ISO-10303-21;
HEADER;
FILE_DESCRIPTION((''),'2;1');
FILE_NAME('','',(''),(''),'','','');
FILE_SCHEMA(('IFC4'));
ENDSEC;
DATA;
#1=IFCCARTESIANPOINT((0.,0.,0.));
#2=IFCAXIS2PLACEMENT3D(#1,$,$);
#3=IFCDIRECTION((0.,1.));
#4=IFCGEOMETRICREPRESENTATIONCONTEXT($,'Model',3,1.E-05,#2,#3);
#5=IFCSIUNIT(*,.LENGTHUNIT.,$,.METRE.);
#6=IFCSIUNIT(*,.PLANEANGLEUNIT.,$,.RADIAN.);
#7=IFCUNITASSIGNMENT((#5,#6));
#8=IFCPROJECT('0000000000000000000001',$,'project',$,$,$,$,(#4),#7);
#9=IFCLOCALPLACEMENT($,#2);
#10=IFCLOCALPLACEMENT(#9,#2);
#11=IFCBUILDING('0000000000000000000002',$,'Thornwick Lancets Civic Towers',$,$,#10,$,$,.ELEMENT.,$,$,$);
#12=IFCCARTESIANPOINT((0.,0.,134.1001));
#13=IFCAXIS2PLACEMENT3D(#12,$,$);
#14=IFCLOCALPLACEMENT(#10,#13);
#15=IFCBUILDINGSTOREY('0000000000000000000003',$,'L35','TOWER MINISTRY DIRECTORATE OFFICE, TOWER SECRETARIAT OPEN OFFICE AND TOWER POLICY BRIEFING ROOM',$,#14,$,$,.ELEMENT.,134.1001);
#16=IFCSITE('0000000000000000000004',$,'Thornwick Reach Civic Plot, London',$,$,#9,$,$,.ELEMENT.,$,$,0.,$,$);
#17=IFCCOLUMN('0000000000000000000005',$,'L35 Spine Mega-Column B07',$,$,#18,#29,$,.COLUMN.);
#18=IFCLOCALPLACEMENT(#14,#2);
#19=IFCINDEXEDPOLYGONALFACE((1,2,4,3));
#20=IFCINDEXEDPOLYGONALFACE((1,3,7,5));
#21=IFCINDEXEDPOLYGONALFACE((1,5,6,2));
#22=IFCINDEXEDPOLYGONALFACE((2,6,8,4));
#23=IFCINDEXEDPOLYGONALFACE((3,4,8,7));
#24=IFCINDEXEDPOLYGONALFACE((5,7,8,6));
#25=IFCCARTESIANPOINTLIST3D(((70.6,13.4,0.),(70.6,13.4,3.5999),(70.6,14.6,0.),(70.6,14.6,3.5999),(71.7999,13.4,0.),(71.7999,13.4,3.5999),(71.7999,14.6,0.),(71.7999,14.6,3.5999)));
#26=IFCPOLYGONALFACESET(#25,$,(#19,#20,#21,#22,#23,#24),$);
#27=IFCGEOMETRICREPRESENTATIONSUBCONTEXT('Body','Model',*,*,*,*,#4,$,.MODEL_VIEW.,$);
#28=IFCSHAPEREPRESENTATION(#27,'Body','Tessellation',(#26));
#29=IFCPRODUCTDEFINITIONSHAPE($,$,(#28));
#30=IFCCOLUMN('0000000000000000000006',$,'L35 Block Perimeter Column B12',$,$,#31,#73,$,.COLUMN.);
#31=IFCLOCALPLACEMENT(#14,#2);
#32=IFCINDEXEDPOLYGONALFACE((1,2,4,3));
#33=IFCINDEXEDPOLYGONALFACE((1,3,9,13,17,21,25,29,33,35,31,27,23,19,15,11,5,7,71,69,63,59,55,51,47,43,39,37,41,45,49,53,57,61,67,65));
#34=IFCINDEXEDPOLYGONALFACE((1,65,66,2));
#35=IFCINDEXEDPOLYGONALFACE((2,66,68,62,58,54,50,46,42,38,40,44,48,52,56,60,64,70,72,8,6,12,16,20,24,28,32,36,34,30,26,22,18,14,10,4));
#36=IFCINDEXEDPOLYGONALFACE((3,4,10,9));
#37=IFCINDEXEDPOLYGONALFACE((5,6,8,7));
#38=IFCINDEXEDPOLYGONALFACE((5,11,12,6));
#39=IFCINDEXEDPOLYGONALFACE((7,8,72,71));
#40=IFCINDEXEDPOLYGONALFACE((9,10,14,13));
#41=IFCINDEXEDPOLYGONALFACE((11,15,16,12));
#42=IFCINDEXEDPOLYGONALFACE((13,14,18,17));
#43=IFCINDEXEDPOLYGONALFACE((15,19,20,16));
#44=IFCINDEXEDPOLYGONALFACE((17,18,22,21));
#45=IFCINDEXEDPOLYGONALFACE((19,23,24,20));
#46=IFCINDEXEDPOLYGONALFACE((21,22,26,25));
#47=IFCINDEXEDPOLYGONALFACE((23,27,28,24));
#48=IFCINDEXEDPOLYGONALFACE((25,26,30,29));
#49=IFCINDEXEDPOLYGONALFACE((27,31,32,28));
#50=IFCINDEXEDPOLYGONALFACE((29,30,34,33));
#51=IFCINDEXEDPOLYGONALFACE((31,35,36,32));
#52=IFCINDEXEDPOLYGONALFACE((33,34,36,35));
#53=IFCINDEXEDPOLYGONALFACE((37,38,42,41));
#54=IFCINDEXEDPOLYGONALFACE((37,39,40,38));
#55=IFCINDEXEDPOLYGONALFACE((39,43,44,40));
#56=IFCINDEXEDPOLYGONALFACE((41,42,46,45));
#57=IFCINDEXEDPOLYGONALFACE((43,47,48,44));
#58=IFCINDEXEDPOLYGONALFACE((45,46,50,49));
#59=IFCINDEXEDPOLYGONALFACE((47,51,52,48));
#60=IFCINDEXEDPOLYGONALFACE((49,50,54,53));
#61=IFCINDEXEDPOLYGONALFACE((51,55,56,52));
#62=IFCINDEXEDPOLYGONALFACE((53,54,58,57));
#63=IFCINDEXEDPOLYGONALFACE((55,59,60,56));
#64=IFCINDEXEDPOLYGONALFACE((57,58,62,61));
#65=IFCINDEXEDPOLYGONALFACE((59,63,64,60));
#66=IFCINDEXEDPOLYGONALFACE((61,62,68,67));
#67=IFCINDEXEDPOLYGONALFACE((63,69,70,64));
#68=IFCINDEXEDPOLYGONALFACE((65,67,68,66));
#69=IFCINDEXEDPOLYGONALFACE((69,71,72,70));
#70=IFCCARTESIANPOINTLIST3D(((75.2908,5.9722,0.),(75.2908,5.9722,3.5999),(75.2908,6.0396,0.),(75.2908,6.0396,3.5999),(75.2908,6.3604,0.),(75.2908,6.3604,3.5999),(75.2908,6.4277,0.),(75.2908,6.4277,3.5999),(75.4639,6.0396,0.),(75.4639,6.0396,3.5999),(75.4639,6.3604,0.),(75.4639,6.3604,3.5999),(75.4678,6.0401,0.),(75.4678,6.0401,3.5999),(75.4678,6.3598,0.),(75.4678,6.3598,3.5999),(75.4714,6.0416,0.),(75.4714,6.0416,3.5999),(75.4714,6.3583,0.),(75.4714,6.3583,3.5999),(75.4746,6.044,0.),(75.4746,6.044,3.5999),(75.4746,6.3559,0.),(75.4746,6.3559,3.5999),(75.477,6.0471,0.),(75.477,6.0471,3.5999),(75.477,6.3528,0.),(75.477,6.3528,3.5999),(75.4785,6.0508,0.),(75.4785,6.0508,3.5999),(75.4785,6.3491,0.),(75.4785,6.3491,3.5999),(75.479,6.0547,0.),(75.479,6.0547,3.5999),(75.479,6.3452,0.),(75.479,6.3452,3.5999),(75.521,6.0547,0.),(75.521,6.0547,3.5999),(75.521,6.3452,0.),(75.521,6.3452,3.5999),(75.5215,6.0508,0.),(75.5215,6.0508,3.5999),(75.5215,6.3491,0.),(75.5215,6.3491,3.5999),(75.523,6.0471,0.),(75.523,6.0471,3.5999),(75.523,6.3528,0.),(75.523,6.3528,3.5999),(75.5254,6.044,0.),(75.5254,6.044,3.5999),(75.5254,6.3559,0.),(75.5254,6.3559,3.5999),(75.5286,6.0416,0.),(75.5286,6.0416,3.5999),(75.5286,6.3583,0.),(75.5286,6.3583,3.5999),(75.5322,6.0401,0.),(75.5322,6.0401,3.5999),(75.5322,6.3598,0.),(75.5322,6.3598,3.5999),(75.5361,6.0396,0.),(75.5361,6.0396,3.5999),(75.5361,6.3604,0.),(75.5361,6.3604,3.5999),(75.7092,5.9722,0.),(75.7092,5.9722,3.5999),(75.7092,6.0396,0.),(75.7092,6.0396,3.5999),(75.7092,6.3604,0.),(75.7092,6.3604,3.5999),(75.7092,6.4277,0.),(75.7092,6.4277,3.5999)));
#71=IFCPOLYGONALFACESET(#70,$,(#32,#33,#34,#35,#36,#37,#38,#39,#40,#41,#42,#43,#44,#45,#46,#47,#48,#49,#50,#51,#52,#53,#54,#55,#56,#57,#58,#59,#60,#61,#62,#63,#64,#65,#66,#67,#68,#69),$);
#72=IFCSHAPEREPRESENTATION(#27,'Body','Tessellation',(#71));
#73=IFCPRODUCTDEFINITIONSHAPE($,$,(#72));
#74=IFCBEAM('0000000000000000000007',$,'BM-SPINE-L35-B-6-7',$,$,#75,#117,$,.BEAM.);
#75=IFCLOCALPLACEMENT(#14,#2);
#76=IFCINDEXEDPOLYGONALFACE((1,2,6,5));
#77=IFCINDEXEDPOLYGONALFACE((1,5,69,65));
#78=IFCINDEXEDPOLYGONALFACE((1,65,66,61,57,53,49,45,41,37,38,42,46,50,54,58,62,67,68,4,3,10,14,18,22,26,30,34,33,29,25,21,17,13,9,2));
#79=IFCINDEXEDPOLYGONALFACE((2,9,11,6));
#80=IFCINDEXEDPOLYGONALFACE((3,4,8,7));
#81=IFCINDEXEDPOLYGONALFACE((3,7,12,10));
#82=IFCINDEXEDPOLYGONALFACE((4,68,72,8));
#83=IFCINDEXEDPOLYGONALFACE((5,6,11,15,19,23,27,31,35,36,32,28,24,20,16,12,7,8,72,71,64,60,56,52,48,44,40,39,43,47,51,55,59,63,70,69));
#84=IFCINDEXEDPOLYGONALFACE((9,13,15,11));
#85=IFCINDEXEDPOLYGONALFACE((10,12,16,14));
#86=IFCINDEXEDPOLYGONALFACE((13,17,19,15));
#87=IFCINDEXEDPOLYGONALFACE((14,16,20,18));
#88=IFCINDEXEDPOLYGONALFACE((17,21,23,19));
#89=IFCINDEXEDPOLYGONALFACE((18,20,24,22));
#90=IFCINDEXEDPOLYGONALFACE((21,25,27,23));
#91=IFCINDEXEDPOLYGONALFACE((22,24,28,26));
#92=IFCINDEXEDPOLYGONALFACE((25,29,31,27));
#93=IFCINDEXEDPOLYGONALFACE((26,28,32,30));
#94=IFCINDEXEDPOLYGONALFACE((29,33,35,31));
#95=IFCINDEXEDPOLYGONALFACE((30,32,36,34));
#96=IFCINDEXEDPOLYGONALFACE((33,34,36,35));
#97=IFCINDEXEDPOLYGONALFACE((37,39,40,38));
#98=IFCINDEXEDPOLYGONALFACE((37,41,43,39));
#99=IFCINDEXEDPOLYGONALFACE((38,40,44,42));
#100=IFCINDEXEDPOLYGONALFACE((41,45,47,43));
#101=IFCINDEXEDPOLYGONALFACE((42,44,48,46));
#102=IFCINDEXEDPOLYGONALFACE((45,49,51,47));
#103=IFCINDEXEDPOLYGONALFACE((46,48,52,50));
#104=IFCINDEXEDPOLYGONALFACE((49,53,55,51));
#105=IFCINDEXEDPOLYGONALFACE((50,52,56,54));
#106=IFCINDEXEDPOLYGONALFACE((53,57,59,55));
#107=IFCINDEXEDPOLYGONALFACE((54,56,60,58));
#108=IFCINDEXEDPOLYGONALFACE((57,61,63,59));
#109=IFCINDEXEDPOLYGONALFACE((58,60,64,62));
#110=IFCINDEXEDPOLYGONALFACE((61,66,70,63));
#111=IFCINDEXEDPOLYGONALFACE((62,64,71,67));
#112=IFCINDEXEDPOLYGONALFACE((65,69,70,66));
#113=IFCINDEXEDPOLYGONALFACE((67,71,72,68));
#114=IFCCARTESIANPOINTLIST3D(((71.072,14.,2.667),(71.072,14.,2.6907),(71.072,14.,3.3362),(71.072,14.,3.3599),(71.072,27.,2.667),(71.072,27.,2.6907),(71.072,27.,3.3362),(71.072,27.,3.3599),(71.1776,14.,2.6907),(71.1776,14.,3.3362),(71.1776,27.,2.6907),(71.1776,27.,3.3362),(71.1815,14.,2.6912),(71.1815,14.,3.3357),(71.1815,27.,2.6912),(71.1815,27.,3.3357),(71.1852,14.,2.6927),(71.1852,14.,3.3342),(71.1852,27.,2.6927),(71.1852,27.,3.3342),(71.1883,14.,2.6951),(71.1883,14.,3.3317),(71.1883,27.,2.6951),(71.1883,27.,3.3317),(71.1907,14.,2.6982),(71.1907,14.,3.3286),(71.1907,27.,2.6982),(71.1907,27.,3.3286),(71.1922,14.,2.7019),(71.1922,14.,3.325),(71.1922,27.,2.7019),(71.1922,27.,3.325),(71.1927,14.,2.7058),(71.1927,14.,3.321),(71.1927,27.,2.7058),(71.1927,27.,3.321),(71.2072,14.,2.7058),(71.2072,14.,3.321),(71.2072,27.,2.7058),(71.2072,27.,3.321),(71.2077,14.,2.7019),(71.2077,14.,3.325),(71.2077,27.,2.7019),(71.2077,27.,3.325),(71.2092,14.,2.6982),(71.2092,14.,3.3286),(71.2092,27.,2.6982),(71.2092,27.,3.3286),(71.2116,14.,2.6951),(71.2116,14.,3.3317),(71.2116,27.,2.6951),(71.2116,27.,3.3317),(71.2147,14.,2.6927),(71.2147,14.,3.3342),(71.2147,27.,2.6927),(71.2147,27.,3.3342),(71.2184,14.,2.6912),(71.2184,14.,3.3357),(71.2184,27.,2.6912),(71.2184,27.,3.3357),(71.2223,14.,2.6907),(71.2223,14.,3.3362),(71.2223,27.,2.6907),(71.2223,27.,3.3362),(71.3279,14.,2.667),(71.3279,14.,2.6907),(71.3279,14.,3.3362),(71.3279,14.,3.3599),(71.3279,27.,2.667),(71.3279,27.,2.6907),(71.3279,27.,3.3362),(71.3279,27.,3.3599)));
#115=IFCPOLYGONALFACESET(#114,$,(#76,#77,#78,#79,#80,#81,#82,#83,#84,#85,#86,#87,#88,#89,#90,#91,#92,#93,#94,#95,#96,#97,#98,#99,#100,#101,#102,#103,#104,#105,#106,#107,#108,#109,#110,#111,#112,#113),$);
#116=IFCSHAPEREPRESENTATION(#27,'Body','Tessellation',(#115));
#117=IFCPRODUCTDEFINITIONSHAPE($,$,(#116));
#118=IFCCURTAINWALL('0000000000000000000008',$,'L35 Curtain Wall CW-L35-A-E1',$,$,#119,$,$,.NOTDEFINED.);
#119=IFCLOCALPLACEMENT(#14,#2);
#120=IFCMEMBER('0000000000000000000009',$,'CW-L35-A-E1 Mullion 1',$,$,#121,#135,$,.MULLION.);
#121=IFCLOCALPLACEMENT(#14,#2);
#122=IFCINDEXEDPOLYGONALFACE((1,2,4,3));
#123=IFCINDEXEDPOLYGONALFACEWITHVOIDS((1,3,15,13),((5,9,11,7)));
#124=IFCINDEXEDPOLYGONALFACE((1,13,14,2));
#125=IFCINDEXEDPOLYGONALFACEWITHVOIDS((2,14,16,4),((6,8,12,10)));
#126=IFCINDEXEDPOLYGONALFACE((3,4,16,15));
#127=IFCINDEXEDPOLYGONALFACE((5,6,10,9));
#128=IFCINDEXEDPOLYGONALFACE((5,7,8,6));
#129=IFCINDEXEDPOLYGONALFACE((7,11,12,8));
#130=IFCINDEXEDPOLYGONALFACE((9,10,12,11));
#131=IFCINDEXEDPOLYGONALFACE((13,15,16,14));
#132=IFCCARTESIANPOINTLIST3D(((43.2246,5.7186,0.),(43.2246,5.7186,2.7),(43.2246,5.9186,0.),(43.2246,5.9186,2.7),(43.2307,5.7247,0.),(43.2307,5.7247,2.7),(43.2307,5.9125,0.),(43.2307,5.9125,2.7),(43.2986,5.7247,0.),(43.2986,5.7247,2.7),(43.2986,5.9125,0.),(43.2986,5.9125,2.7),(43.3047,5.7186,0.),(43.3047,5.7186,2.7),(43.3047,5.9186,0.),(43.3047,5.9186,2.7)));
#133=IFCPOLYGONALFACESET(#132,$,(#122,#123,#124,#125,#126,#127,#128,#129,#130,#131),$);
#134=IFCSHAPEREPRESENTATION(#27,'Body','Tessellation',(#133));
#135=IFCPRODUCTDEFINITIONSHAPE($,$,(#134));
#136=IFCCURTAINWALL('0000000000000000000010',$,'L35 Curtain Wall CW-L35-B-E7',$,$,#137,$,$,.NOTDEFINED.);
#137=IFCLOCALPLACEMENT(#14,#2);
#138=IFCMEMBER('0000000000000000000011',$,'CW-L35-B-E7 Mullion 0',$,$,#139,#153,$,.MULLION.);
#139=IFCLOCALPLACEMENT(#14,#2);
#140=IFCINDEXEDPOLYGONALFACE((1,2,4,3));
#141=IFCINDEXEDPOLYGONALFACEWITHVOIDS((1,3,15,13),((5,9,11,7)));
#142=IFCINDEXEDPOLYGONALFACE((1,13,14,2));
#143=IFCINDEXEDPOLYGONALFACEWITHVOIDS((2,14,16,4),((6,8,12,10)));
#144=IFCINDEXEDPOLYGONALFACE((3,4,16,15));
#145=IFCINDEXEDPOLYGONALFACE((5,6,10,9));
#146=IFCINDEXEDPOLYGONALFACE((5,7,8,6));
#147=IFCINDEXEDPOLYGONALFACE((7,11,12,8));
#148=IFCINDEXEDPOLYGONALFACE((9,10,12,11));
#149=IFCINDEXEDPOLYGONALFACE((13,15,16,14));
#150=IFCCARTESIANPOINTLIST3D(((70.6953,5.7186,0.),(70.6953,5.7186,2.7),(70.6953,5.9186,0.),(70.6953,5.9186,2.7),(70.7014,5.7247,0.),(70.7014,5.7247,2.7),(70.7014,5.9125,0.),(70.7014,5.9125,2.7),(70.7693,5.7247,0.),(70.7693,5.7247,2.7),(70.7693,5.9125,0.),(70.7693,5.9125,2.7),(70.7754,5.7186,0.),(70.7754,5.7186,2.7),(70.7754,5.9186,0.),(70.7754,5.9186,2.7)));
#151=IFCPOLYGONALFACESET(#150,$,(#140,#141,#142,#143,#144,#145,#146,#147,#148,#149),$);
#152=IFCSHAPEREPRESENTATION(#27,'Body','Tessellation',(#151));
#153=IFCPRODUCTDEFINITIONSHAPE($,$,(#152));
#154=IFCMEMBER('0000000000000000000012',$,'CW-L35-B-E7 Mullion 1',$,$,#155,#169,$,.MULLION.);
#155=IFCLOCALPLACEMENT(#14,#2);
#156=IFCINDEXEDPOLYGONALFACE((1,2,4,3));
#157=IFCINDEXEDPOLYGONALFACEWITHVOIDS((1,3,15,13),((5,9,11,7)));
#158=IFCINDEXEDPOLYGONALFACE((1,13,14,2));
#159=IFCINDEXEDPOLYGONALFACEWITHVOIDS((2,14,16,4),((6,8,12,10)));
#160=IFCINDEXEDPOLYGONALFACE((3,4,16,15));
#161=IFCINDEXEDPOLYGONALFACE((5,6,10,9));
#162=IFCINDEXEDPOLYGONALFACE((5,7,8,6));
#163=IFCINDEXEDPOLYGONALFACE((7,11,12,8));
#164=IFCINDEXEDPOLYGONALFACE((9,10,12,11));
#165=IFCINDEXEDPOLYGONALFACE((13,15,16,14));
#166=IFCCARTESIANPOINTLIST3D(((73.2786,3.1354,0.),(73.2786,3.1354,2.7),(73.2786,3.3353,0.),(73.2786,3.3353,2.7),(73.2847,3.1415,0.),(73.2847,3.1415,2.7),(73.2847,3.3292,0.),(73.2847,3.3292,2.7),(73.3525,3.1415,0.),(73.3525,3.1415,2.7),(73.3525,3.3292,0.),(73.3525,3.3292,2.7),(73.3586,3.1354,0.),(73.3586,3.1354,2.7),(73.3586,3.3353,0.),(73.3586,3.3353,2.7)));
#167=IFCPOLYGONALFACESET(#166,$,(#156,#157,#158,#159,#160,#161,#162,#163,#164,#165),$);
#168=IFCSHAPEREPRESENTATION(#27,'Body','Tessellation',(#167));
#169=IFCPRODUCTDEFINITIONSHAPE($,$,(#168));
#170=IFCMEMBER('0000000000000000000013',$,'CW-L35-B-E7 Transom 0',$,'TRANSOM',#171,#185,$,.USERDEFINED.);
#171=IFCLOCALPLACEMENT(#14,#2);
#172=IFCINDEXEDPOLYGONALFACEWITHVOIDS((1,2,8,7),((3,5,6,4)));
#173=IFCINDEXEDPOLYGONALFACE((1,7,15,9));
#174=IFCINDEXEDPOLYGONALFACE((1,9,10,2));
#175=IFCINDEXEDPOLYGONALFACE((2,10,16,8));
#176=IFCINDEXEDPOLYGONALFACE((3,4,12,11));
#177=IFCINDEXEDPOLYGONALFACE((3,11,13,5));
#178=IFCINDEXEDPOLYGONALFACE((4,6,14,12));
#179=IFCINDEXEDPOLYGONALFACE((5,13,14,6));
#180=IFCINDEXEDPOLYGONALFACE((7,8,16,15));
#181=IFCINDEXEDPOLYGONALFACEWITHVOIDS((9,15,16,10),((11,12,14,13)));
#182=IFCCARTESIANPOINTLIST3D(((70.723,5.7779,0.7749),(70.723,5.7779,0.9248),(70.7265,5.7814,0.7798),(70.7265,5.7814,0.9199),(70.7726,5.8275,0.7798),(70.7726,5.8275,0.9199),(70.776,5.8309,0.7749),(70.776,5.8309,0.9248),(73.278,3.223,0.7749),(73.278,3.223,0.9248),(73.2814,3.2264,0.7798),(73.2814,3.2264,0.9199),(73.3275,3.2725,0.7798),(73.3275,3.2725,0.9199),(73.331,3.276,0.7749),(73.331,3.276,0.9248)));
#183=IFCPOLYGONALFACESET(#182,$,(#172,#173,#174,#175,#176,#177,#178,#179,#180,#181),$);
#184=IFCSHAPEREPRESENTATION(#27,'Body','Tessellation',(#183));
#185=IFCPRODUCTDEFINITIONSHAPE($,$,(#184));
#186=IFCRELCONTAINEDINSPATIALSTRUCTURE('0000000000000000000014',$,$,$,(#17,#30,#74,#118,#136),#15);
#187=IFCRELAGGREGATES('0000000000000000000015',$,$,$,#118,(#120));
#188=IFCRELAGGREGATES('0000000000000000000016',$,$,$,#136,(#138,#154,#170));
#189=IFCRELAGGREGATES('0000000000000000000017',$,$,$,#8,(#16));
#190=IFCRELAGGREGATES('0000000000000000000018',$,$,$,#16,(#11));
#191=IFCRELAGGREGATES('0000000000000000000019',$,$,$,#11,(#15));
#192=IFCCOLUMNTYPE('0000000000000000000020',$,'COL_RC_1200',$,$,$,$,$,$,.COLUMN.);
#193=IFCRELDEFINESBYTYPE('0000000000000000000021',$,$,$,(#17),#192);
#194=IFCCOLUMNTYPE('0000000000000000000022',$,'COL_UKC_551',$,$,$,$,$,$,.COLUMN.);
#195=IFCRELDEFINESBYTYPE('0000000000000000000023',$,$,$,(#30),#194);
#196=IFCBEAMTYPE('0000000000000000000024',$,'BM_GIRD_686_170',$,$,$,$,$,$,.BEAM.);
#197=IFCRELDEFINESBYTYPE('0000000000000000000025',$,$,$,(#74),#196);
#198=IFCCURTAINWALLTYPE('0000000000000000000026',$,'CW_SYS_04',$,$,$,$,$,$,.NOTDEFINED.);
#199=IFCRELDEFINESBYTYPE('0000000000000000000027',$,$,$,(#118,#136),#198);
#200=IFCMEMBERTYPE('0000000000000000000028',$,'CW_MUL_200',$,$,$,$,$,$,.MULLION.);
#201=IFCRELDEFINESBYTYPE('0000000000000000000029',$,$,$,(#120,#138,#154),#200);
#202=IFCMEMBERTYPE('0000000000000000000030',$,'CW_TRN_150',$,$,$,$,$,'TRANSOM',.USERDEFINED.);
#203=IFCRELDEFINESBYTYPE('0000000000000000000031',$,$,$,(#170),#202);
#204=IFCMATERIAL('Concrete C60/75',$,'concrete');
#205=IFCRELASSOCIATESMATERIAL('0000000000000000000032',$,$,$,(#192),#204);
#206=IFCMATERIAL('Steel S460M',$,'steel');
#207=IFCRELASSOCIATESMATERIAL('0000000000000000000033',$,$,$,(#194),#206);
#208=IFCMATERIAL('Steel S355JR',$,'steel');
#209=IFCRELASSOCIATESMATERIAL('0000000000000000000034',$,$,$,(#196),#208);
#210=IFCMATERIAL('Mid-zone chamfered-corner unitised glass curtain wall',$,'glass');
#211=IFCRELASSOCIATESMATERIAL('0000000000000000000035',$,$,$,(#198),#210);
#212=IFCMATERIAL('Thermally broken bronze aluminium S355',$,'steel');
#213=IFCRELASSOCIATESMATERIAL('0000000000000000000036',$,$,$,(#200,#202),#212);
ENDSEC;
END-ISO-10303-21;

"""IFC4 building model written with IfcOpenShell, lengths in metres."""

from ifc_helpers import new_model, si_unit, direction, frame, origin, origin_2d, place, context, subcontext, project, spatial, rectangle, hollow_rectangle, i_section, extrude, material, material_profile, profile_set, type_object, element, aggregate, save


model = new_model("IFC4")

# Units and contexts
model_context = context("Model", 3, precision=1e-05, world=origin(), true_north=direction((0.0, 1.0)))
body_context = subcontext(model_context, "Body", "Model", "MODEL_VIEW")
ifc_project = project(units=[si_unit("LENGTHUNIT", "METRE"), si_unit("PLANEANGLEUNIT", "RADIAN")], contexts=[model_context])

# Site, building, storey
site_placement = place(None, origin())
site = spatial("IfcSite", under=ifc_project, at=site_placement, Name="Thornwick Reach Civic Plot, London", CompositionType="ELEMENT", RefElevation=0.0)
building_placement = place(site_placement, origin())
building = spatial("IfcBuilding", under=site, at=building_placement, Name="Thornwick Lancets Civic Towers", CompositionType="ELEMENT")
storey_placement = place(building_placement, frame((0.0, 0.0, 134.1001)))
storey = spatial("IfcBuildingStorey", under=building, at=storey_placement, Name="L35", Description="TOWER MINISTRY DIRECTORATE OFFICE, TOWER SECRETARIAT OPEN OFFICE AND TOWER POLICY BRIEFING ROOM", CompositionType="ELEMENT", Elevation=134.1001)

# Columns
ifc_material_1 = material(Name="Concrete C60/75", Category="concrete")
ifc_material_profile_1 = material_profile(ifc_material_1, rectangle(XDim=1.2, YDim=1.2, at=origin_2d()), Name="RC 1200x1200")
ifc_profile_set_1 = profile_set([ifc_material_profile_1], Name="Concrete C60/75")
column_type_1 = type_object("IfcColumnType", Name="COL_RC_1200", PredefinedType="COLUMN", material=ifc_profile_set_1)
column_1_placement = place(storey_placement, frame((71.2, 14.0, 0.0), z_axis=(0.0, 0.0, 1.0), x_axis=(1.0, 0.0, 0.0)))
element("IfcColumn", 1, at=column_1_placement, inside=storey, type_object=column_type_1, Name="L35 Spine Mega-Column B07", PredefinedType="COLUMN", context=body_context, shape_type="SweptSolid", body=[
    extrude(rectangle(XDim=1.2, YDim=1.2, at=origin_2d()), origin(), (0.0, 0.0, 1.0), 3.5999),
])
ifc_material_2 = material(Name="Steel S460M", Category="steel")
ifc_material_profile_2 = material_profile(ifc_material_2, i_section(OverallWidth=0.4185, OverallDepth=0.4556, WebThickness=0.042, FlangeThickness=0.0674, FilletRadius=0.0151, at=origin_2d()), Name="UKC 356x406x551")
ifc_profile_set_2 = profile_set([ifc_material_profile_2], Name="Steel S460M")
column_type_2 = type_object("IfcColumnType", Name="COL_UKC_551", PredefinedType="COLUMN", material=ifc_profile_set_2)
column_2_placement = place(storey_placement, frame((75.5, 6.2, 0.0), z_axis=(0.0, 0.0, 1.0), x_axis=(1.0, 0.0, 0.0)))
element("IfcColumn", 2, at=column_2_placement, inside=storey, type_object=column_type_2, Name="L35 Block Perimeter Column B12", PredefinedType="COLUMN", context=body_context, shape_type="SweptSolid", body=[
    extrude(i_section(OverallWidth=0.4185, OverallDepth=0.4556, WebThickness=0.042, FlangeThickness=0.0674, FilletRadius=0.0151, at=origin_2d()), origin(), (0.0, 0.0, 1.0), 3.5999),
])

# Beam
ifc_material_3 = material(Name="Steel S355JR", Category="steel")
ifc_material_profile_3 = material_profile(ifc_material_3, i_section(OverallWidth=0.2559, OverallDepth=0.6929, WebThickness=0.0144, FlangeThickness=0.0237, FilletRadius=0.0151, at=origin_2d()), Name="UKB 686x254x170")
ifc_profile_set_3 = profile_set([ifc_material_profile_3], Name="Steel S355JR")
beam_type = type_object("IfcBeamType", Name="BM_GIRD_686_170", PredefinedType="BEAM", material=ifc_profile_set_3)
beam_placement = place(storey_placement, frame((71.2, 14.0, 3.0134), z_axis=(0.0, 1.0, 0.0), x_axis=(-1.0, 0.0, 0.0)))
element("IfcBeam", 3, at=beam_placement, inside=storey, type_object=beam_type, Name="BM-SPINE-L35-B-6-7", PredefinedType="BEAM", context=body_context, shape_type="SweptSolid", body=[
    extrude(i_section(OverallWidth=0.2559, OverallDepth=0.6929, WebThickness=0.0144, FlangeThickness=0.0237, FilletRadius=0.0151, at=origin_2d()), origin(), (0.0, 0.0, 1.0), 13.0),
])

# Curtain wall, member
ifc_material_4 = material(Name="Mid-zone chamfered-corner unitised glass curtain wall", Category="glass")
curtain_wall_type = type_object("IfcCurtainWallType", Name="CW_SYS_04", PredefinedType="NOTDEFINED", material=ifc_material_4)
curtain_wall_1_placement = place(storey_placement, origin())
curtain_wall_1 = element("IfcCurtainWall", 4, at=curtain_wall_1_placement, inside=storey, type_object=curtain_wall_type, Name="L35 Curtain Wall CW-L35-A-E1", PredefinedType="NOTDEFINED")
ifc_material_5 = material(Name="Thermally broken bronze aluminium S355", Category="steel")
ifc_material_profile_4 = material_profile(ifc_material_5, hollow_rectangle(XDim=0.0801, YDim=0.2, WallThickness=0.0061, at=origin_2d()), Name="RHS 200x80x6")
ifc_profile_set_4 = profile_set([ifc_material_profile_4], Name="Thermally broken bronze aluminium S355")
member_type_1 = type_object("IfcMemberType", Name="CW_MUL_200", PredefinedType="MULLION", material=ifc_profile_set_4)
member_1_placement = place(storey_placement, frame((43.2646, 5.8186, 0.0), z_axis=(0.0, 0.0, 1.0), x_axis=(1.0, 0.0, 0.0)))
member_1 = element("IfcMember", 5, at=member_1_placement, type_object=member_type_1, Name="CW-L35-A-E1 Mullion 1", PredefinedType="MULLION", context=body_context, shape_type="SweptSolid", body=[
    extrude(hollow_rectangle(XDim=0.0801, YDim=0.2, WallThickness=0.0061, at=origin_2d()), origin(), (0.0, 0.0, 1.0), 2.7),
])
aggregate(curtain_wall_1, [member_1])

# Curtain wall, members
curtain_wall_2_placement = place(storey_placement, origin())
curtain_wall_2 = element("IfcCurtainWall", 6, at=curtain_wall_2_placement, inside=storey, type_object=curtain_wall_type, Name="L35 Curtain Wall CW-L35-B-E7", PredefinedType="NOTDEFINED")
member_2_placement = place(storey_placement, frame((70.7354, 5.8186, 0.0), z_axis=(0.0, 0.0, 1.0), x_axis=(1.0, 0.0, 0.0)))
member_2 = element("IfcMember", 7, at=member_2_placement, type_object=member_type_1, Name="CW-L35-B-E7 Mullion 0", PredefinedType="MULLION", context=body_context, shape_type="SweptSolid", body=[
    extrude(hollow_rectangle(XDim=0.0801, YDim=0.2, WallThickness=0.0061, at=origin_2d()), origin(), (0.0, 0.0, 1.0), 2.7),
])
member_3_placement = place(storey_placement, frame((73.3186, 3.2354, 0.0), z_axis=(0.0, 0.0, 1.0), x_axis=(1.0, 0.0, 0.0)))
member_3 = element("IfcMember", 8, at=member_3_placement, type_object=member_type_1, Name="CW-L35-B-E7 Mullion 1", PredefinedType="MULLION", context=body_context, shape_type="SweptSolid", body=[
    extrude(hollow_rectangle(XDim=0.0801, YDim=0.2, WallThickness=0.0061, at=origin_2d()), origin(), (0.0, 0.0, 1.0), 2.7),
])
ifc_material_profile_5 = material_profile(ifc_material_5, hollow_rectangle(XDim=0.075, YDim=0.1499, WallThickness=0.0049, at=origin_2d()), Name="RHS 150x75x5")
ifc_profile_set_5 = profile_set([ifc_material_profile_5], Name="Thermally broken bronze aluminium S355")
member_type_2 = type_object("IfcMemberType", Name="CW_TRN_150", ElementType="TRANSOM", PredefinedType="USERDEFINED", material=ifc_profile_set_5)
member_4_placement = place(storey_placement, frame((70.7495, 5.8044, 0.8499), z_axis=(0.707107, -0.707107, 0.0), x_axis=(0.707107, 0.707107, 0.0)))
member_4 = element("IfcMember", 9, at=member_4_placement, type_object=member_type_2, Name="CW-L35-B-E7 Transom 0", ObjectType="TRANSOM", PredefinedType="USERDEFINED", context=body_context, shape_type="SweptSolid", body=[
    extrude(hollow_rectangle(XDim=0.075, YDim=0.1499, WallThickness=0.0049, at=origin_2d()), origin(), (0.0, 0.0, 1.0), 3.6133),
])
aggregate(curtain_wall_2, [member_2, member_3, member_4])

save(model, "model.ifc")
